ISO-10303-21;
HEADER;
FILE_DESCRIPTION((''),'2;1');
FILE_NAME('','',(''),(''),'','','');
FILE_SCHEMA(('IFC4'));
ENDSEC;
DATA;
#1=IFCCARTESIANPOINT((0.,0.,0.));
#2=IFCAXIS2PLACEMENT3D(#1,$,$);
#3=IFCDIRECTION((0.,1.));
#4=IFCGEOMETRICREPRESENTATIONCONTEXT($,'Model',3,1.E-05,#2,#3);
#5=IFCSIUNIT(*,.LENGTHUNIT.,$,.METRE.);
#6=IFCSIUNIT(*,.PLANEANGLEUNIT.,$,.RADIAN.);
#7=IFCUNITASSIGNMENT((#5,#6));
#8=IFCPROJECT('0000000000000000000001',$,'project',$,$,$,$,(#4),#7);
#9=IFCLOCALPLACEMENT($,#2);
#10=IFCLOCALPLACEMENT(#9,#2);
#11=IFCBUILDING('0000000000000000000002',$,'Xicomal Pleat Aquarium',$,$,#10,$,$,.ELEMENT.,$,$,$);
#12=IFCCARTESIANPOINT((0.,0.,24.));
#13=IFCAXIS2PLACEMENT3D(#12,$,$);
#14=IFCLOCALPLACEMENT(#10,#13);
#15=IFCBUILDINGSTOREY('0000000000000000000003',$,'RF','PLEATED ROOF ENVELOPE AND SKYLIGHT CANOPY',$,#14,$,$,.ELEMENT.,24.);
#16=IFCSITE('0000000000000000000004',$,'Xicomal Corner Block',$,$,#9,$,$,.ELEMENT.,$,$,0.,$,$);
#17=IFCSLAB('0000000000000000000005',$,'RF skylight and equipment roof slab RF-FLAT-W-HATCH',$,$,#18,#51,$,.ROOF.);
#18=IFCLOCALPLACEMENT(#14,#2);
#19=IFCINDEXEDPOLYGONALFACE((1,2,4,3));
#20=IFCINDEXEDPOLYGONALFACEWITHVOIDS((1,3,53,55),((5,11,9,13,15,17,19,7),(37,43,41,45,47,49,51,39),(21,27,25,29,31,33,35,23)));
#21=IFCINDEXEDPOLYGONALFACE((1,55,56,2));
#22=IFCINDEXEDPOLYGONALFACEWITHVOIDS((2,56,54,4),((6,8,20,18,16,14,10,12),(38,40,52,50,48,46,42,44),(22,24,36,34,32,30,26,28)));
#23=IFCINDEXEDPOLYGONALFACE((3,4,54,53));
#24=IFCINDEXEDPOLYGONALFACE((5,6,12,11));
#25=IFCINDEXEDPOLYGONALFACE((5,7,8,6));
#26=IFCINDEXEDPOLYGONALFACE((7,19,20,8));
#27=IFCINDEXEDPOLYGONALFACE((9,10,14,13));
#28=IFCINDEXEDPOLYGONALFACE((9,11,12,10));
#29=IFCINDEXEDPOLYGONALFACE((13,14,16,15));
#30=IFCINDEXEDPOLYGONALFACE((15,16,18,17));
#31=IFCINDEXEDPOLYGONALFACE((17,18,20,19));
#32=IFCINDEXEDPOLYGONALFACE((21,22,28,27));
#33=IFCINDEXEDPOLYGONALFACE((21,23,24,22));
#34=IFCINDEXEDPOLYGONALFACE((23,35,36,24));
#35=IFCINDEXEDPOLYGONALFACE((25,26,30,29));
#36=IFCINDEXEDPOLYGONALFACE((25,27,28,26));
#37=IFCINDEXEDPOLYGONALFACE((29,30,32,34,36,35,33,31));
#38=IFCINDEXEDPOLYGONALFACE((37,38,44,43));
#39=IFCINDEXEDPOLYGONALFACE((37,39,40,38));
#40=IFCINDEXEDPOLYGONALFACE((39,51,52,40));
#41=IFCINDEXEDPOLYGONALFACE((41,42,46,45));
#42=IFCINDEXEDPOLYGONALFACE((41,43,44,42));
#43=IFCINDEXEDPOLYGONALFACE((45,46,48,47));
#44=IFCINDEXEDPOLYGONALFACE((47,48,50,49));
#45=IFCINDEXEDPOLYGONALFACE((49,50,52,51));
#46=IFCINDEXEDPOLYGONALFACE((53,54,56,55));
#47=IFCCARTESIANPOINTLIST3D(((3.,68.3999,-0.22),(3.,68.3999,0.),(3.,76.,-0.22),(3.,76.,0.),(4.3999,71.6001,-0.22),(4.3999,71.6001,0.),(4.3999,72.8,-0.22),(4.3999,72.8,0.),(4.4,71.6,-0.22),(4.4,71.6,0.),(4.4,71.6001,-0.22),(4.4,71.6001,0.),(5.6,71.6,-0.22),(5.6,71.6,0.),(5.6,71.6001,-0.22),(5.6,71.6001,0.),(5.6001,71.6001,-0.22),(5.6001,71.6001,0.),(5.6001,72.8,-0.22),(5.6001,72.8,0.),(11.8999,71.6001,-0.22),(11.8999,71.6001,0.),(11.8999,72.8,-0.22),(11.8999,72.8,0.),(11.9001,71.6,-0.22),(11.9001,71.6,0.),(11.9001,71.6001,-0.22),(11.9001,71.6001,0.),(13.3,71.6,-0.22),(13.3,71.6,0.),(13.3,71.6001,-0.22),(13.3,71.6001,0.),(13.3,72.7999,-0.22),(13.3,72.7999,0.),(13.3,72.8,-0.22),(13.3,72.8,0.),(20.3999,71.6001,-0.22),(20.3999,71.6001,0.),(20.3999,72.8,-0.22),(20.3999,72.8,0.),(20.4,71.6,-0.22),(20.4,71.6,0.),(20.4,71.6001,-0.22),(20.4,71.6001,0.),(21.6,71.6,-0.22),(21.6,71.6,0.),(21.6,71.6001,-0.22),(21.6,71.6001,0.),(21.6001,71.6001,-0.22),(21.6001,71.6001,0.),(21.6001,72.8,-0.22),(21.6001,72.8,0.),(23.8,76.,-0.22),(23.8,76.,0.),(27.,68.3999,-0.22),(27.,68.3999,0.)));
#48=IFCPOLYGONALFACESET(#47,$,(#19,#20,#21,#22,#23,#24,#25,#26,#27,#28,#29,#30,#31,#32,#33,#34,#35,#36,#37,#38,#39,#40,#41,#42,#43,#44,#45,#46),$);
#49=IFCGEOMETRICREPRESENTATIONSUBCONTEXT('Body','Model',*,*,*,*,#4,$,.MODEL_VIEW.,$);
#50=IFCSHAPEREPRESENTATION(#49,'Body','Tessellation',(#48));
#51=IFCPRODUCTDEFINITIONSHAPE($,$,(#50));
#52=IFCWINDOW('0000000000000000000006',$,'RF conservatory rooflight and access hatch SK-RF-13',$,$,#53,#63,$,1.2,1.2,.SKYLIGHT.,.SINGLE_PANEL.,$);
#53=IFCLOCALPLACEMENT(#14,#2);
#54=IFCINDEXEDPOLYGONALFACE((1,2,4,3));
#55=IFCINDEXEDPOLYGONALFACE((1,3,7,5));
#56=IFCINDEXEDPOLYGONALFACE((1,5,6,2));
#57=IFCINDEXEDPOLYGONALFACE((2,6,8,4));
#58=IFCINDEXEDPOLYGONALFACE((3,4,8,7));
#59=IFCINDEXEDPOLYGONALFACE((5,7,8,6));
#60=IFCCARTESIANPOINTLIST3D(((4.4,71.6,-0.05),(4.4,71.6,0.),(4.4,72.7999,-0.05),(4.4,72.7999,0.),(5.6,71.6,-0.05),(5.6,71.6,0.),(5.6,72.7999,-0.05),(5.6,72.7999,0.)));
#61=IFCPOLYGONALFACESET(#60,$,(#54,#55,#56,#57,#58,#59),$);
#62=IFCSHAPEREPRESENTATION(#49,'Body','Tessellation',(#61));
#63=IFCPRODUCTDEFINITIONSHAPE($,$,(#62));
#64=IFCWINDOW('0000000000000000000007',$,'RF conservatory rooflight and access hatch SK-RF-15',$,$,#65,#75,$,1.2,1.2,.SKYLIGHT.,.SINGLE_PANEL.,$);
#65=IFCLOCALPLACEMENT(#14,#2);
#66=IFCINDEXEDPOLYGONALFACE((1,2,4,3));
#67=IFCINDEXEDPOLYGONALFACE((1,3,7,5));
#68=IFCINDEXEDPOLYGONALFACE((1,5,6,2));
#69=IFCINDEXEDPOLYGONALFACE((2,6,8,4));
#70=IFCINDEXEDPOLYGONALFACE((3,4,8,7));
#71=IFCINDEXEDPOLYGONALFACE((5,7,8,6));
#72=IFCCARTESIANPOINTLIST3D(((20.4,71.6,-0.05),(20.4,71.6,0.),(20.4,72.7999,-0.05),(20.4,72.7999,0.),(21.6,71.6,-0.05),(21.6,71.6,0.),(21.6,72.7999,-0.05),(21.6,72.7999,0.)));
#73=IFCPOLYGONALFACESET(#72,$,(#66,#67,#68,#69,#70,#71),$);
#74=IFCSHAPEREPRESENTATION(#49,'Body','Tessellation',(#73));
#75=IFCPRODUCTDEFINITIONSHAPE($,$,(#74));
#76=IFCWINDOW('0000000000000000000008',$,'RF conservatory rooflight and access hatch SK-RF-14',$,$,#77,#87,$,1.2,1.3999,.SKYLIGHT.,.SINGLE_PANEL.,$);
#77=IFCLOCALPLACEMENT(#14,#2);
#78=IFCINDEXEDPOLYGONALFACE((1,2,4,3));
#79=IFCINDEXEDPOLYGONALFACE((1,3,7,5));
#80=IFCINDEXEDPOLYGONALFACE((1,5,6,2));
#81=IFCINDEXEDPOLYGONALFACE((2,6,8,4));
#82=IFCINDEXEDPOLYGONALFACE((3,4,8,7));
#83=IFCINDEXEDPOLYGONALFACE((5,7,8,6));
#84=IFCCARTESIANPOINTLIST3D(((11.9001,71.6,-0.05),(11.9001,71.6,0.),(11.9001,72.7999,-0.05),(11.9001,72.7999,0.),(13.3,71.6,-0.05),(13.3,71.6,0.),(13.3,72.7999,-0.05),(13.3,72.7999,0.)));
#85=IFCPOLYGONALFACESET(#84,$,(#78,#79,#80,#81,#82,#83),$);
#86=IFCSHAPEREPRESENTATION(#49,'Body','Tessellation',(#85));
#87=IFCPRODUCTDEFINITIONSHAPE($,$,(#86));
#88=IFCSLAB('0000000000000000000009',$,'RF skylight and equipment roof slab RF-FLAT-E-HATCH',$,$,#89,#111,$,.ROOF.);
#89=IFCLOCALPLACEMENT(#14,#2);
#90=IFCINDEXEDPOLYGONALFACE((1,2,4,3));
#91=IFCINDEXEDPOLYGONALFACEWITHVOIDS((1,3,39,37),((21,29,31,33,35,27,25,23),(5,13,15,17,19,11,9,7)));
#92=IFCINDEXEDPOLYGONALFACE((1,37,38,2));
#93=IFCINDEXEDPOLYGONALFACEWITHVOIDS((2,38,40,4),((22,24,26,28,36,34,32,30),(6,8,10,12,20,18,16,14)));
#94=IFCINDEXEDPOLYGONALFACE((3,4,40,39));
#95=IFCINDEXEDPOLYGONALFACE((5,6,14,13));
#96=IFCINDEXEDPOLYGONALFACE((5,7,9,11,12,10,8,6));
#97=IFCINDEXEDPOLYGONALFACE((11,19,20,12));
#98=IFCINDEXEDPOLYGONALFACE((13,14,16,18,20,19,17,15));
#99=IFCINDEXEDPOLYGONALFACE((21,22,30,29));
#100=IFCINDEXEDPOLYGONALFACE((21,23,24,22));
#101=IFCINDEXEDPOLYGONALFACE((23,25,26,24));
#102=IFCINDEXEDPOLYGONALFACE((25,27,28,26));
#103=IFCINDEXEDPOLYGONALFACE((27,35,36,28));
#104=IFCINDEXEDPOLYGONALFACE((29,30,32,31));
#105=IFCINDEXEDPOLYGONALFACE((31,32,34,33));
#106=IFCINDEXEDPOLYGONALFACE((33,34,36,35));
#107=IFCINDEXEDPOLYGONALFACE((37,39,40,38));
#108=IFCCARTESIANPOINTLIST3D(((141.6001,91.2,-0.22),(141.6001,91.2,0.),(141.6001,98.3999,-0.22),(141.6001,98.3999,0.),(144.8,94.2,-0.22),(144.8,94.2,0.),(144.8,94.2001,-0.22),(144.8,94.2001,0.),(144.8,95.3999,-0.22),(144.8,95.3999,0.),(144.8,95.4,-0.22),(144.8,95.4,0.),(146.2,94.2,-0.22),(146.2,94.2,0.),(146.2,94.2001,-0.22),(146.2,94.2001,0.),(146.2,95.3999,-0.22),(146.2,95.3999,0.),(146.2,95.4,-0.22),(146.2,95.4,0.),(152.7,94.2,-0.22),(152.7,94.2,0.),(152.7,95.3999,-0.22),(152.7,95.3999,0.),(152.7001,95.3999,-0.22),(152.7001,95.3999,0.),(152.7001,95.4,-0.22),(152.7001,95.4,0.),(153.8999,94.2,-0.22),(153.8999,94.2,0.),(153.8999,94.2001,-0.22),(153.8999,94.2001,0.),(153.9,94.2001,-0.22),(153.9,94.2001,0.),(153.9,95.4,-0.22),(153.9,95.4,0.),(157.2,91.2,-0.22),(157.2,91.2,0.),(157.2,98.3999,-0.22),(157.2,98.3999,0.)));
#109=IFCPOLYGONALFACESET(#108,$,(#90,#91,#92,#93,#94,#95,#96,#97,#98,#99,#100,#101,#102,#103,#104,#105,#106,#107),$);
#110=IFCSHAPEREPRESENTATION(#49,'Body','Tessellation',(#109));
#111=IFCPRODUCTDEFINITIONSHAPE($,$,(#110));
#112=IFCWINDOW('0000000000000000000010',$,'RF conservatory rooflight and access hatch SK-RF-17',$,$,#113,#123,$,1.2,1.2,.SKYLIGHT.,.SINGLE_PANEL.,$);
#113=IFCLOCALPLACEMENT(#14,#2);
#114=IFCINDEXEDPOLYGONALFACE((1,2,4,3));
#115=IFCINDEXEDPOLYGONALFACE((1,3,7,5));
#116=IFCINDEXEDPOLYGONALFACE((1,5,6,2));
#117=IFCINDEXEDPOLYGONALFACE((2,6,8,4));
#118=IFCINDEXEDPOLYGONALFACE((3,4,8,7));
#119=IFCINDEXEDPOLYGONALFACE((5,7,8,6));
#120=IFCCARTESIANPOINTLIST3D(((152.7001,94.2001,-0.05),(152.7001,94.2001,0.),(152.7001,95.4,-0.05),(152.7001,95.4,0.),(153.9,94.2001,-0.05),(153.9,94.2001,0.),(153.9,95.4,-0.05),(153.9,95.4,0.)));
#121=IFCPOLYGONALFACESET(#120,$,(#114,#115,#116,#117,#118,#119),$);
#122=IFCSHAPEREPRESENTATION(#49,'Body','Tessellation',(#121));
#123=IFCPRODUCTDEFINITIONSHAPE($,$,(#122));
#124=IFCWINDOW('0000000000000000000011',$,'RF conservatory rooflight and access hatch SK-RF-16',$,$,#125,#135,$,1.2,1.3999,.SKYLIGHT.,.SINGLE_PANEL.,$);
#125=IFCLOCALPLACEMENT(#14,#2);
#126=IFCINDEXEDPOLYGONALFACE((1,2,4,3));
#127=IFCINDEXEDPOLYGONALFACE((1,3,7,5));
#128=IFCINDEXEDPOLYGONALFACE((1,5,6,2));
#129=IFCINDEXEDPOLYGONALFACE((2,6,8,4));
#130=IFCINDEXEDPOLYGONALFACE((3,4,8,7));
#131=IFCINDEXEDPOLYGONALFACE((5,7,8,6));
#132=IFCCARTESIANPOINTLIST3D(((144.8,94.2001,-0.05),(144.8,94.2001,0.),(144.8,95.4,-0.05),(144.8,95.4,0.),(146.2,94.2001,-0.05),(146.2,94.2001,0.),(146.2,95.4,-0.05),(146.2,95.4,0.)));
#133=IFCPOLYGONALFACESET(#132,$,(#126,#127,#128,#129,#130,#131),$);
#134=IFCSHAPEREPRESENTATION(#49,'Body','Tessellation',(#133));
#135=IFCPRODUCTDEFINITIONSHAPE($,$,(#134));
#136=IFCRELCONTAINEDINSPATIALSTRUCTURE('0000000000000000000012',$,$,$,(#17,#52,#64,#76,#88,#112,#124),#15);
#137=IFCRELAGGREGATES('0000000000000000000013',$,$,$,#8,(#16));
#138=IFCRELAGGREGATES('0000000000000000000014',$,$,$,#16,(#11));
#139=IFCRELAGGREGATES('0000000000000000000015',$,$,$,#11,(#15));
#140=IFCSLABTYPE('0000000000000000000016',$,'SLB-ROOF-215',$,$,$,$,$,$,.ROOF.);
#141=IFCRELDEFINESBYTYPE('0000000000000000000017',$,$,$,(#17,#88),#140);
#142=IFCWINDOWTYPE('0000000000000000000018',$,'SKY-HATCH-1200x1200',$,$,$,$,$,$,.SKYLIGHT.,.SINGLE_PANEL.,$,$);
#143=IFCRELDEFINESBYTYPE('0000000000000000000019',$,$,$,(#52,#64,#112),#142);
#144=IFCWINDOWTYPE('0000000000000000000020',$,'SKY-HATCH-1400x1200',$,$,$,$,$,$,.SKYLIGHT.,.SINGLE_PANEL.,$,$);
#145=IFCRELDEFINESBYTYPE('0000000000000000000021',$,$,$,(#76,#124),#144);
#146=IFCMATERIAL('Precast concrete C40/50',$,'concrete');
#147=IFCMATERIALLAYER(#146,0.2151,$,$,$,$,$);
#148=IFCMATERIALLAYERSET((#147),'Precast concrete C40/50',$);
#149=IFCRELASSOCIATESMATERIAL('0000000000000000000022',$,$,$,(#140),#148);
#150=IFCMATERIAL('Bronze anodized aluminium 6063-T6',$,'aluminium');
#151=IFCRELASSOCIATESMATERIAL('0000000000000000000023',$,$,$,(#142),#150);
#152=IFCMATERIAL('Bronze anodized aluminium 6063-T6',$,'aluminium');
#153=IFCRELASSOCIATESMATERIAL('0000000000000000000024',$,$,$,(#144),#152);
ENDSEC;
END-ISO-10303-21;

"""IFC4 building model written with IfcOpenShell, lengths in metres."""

from ifc_helpers import new_model, si_unit, direction, frame, origin, origin_2d, place, context, subcontext, project, spatial, polyline, rectangle, outline, extrude, material, layer, layer_set, type_object, element, fill, save


model = new_model("IFC4")

# Units and contexts
model_context = context("Model", 3, precision=1e-05, world=origin(), true_north=direction((0.0, 1.0)))
body_context = subcontext(model_context, "Body", "Model", "MODEL_VIEW")
ifc_project = project(units=[si_unit("LENGTHUNIT", "METRE"), si_unit("PLANEANGLEUNIT", "RADIAN")], contexts=[model_context])

# Site, building, storey
site_placement = place(None, origin())
site = spatial("IfcSite", under=ifc_project, at=site_placement, Name="Xicomal Corner Block", CompositionType="ELEMENT", RefElevation=0.0)
building_placement = place(site_placement, origin())
building = spatial("IfcBuilding", under=site, at=building_placement, Name="Xicomal Pleat Aquarium", CompositionType="ELEMENT")
storey_placement = place(building_placement, frame((0.0, 0.0, 24.0)))
storey = spatial("IfcBuildingStorey", under=building, at=storey_placement, Name="RF", Description="PLEATED ROOF ENVELOPE AND SKYLIGHT CANOPY", CompositionType="ELEMENT", Elevation=24.0)

# Slabs, openings, windows
ifc_material_1 = material(Name="Precast concrete C40/50", Category="concrete")
ifc_layer_1 = layer(ifc_material_1, 0.2151)
ifc_layer_set_1 = layer_set([ifc_layer_1], Name="Precast concrete C40/50")
slab_type_1 = type_object("IfcSlabType", Name="SLB-ROOF-215", PredefinedType="ROOF", material=ifc_layer_set_1)
slab_1_placement = place(storey_placement, frame((0.0, 0.0, -0.22)))
slab_1 = element("IfcSlab", 1, at=slab_1_placement, inside=storey, type_object=slab_type_1, Name="RF skylight and equipment roof slab RF-FLAT-W-HATCH", PredefinedType="ROOF", context=body_context, shape_type="SweptSolid", body=[
    extrude(outline(polyline([(3.0, 68.3999), (27.0, 68.3999), (23.8, 76.0), (3.0, 76.0), (3.0, 68.3999)]), holes=[polyline([(4.3999, 71.6001), (5.6001, 71.6001), (5.6001, 72.8), (4.3999, 72.8), (4.3999, 71.6001)]), polyline([(11.8999, 71.6001), (13.3, 71.6001), (13.3, 72.8), (11.8999, 72.8), (11.8999, 71.6001)]), polyline([(20.3999, 71.6001), (21.6001, 71.6001), (21.6001, 72.8), (20.3999, 72.8), (20.3999, 71.6001)])]), origin(), (0.0, 0.0, 1.0), 0.22),
])
opening_1_placement = place(slab_1_placement, frame((5.0, 72.2, 0.0)))
opening_1 = element("IfcOpeningElement", 2, at=opening_1_placement, cuts=slab_1, PredefinedType="OPENING", context=body_context, shape_type="SweptSolid", body=[
    extrude(rectangle(XDim=1.2, YDim=1.2, at=origin_2d()), origin(), (0.0, 0.0, 1.0), 0.22),
])
opening_2_placement = place(slab_1_placement, frame((12.6001, 72.2, 0.0)))
opening_2 = element("IfcOpeningElement", 3, at=opening_2_placement, cuts=slab_1, PredefinedType="OPENING", context=body_context, shape_type="SweptSolid", body=[
    extrude(rectangle(XDim=1.3999, YDim=1.2, at=origin_2d()), origin(), (0.0, 0.0, 1.0), 0.22),
])
opening_3_placement = place(slab_1_placement, frame((21.0, 72.2, 0.0)))
opening_3 = element("IfcOpeningElement", 4, at=opening_3_placement, cuts=slab_1, PredefinedType="OPENING", context=body_context, shape_type="SweptSolid", body=[
    extrude(rectangle(XDim=1.2, YDim=1.2, at=origin_2d()), origin(), (0.0, 0.0, 1.0), 0.22),
])
ifc_material_2 = material(Name="Bronze anodized aluminium 6063-T6", Category="aluminium")
window_type_1 = type_object("IfcWindowType", Name="SKY-HATCH-1200x1200", PartitioningType="SINGLE_PANEL", PredefinedType="SKYLIGHT", material=ifc_material_2)
window_1_placement = place(opening_1_placement, frame((0.0, 0.0, 0.1699)))
window_1 = element("IfcWindow", 5, at=window_1_placement, inside=storey, type_object=window_type_1, Name="RF conservatory rooflight and access hatch SK-RF-13", OverallHeight=1.2, OverallWidth=1.2, PartitioningType="SINGLE_PANEL", PredefinedType="SKYLIGHT", context=body_context, shape_type="SweptSolid", body=[
    extrude(rectangle(XDim=1.2, YDim=1.2, at=origin_2d()), origin(), (0.0, 0.0, 1.0), 0.05),
])
fill(opening_1, window_1)
window_2_placement = place(opening_3_placement, frame((0.0, 0.0, 0.1699)))
window_2 = element("IfcWindow", 6, at=window_2_placement, inside=storey, type_object=window_type_1, Name="RF conservatory rooflight and access hatch SK-RF-15", OverallHeight=1.2, OverallWidth=1.2, PartitioningType="SINGLE_PANEL", PredefinedType="SKYLIGHT", context=body_context, shape_type="SweptSolid", body=[
    extrude(rectangle(XDim=1.2, YDim=1.2, at=origin_2d()), origin(), (0.0, 0.0, 1.0), 0.05),
])
fill(opening_3, window_2)
ifc_material_3 = material(Name="Bronze anodized aluminium 6063-T6", Category="aluminium")
window_type_2 = type_object("IfcWindowType", Name="SKY-HATCH-1400x1200", PartitioningType="SINGLE_PANEL", PredefinedType="SKYLIGHT", material=ifc_material_3)
window_3_placement = place(opening_2_placement, frame((0.0, 0.0, 0.1699)))
window_3 = element("IfcWindow", 7, at=window_3_placement, inside=storey, type_object=window_type_2, Name="RF conservatory rooflight and access hatch SK-RF-14", OverallHeight=1.2, OverallWidth=1.3999, PartitioningType="SINGLE_PANEL", PredefinedType="SKYLIGHT", context=body_context, shape_type="SweptSolid", body=[
    extrude(rectangle(XDim=1.3999, YDim=1.2, at=origin_2d()), origin(), (0.0, 0.0, 1.0), 0.05),
])
fill(opening_2, window_3)
slab_2_placement = place(storey_placement, frame((0.0, 0.0, -0.22)))
slab_2 = element("IfcSlab", 8, at=slab_2_placement, inside=storey, type_object=slab_type_1, Name="RF skylight and equipment roof slab RF-FLAT-E-HATCH", PredefinedType="ROOF", context=body_context, shape_type="SweptSolid", body=[
    extrude(outline(polyline([(141.6001, 91.2), (157.2, 91.2), (157.2, 98.3999), (141.6001, 98.3999), (141.6001, 91.2)]), holes=[polyline([(144.8, 94.2), (146.2, 94.2), (146.2, 95.3999), (144.8, 95.3999), (144.8, 94.2)]), polyline([(152.7, 94.2), (153.8999, 94.2), (153.8999, 95.3999), (152.7, 95.3999), (152.7, 94.2)])]), origin(), (0.0, 0.0, 1.0), 0.22),
])
opening_4_placement = place(slab_2_placement, frame((145.5, 94.8, 0.0)))
opening_4 = element("IfcOpeningElement", 9, at=opening_4_placement, cuts=slab_2, PredefinedType="OPENING", context=body_context, shape_type="SweptSolid", body=[
    extrude(rectangle(XDim=1.3999, YDim=1.2, at=origin_2d()), origin(), (0.0, 0.0, 1.0), 0.22),
])
opening_5_placement = place(slab_2_placement, frame((153.3, 94.8, 0.0)))
opening_5 = element("IfcOpeningElement", 10, at=opening_5_placement, cuts=slab_2, PredefinedType="OPENING", context=body_context, shape_type="SweptSolid", body=[
    extrude(rectangle(XDim=1.2, YDim=1.2, at=origin_2d()), origin(), (0.0, 0.0, 1.0), 0.22),
])
window_4_placement = place(opening_5_placement, frame((0.0, 0.0, 0.1699)))
window_4 = element("IfcWindow", 11, at=window_4_placement, inside=storey, type_object=window_type_1, Name="RF conservatory rooflight and access hatch SK-RF-17", OverallHeight=1.2, OverallWidth=1.2, PartitioningType="SINGLE_PANEL", PredefinedType="SKYLIGHT", context=body_context, shape_type="SweptSolid", body=[
    extrude(rectangle(XDim=1.2, YDim=1.2, at=origin_2d()), origin(), (0.0, 0.0, 1.0), 0.05),
])
fill(opening_5, window_4)
window_5_placement = place(opening_4_placement, frame((0.0, 0.0, 0.1699)))
window_5 = element("IfcWindow", 12, at=window_5_placement, inside=storey, type_object=window_type_2, Name="RF conservatory rooflight and access hatch SK-RF-16", OverallHeight=1.2, OverallWidth=1.3999, PartitioningType="SINGLE_PANEL", PredefinedType="SKYLIGHT", context=body_context, shape_type="SweptSolid", body=[
    extrude(rectangle(XDim=1.3999, YDim=1.2, at=origin_2d()), origin(), (0.0, 0.0, 1.0), 0.05),
])
fill(opening_4, window_5)

save(model, "model.ifc")
